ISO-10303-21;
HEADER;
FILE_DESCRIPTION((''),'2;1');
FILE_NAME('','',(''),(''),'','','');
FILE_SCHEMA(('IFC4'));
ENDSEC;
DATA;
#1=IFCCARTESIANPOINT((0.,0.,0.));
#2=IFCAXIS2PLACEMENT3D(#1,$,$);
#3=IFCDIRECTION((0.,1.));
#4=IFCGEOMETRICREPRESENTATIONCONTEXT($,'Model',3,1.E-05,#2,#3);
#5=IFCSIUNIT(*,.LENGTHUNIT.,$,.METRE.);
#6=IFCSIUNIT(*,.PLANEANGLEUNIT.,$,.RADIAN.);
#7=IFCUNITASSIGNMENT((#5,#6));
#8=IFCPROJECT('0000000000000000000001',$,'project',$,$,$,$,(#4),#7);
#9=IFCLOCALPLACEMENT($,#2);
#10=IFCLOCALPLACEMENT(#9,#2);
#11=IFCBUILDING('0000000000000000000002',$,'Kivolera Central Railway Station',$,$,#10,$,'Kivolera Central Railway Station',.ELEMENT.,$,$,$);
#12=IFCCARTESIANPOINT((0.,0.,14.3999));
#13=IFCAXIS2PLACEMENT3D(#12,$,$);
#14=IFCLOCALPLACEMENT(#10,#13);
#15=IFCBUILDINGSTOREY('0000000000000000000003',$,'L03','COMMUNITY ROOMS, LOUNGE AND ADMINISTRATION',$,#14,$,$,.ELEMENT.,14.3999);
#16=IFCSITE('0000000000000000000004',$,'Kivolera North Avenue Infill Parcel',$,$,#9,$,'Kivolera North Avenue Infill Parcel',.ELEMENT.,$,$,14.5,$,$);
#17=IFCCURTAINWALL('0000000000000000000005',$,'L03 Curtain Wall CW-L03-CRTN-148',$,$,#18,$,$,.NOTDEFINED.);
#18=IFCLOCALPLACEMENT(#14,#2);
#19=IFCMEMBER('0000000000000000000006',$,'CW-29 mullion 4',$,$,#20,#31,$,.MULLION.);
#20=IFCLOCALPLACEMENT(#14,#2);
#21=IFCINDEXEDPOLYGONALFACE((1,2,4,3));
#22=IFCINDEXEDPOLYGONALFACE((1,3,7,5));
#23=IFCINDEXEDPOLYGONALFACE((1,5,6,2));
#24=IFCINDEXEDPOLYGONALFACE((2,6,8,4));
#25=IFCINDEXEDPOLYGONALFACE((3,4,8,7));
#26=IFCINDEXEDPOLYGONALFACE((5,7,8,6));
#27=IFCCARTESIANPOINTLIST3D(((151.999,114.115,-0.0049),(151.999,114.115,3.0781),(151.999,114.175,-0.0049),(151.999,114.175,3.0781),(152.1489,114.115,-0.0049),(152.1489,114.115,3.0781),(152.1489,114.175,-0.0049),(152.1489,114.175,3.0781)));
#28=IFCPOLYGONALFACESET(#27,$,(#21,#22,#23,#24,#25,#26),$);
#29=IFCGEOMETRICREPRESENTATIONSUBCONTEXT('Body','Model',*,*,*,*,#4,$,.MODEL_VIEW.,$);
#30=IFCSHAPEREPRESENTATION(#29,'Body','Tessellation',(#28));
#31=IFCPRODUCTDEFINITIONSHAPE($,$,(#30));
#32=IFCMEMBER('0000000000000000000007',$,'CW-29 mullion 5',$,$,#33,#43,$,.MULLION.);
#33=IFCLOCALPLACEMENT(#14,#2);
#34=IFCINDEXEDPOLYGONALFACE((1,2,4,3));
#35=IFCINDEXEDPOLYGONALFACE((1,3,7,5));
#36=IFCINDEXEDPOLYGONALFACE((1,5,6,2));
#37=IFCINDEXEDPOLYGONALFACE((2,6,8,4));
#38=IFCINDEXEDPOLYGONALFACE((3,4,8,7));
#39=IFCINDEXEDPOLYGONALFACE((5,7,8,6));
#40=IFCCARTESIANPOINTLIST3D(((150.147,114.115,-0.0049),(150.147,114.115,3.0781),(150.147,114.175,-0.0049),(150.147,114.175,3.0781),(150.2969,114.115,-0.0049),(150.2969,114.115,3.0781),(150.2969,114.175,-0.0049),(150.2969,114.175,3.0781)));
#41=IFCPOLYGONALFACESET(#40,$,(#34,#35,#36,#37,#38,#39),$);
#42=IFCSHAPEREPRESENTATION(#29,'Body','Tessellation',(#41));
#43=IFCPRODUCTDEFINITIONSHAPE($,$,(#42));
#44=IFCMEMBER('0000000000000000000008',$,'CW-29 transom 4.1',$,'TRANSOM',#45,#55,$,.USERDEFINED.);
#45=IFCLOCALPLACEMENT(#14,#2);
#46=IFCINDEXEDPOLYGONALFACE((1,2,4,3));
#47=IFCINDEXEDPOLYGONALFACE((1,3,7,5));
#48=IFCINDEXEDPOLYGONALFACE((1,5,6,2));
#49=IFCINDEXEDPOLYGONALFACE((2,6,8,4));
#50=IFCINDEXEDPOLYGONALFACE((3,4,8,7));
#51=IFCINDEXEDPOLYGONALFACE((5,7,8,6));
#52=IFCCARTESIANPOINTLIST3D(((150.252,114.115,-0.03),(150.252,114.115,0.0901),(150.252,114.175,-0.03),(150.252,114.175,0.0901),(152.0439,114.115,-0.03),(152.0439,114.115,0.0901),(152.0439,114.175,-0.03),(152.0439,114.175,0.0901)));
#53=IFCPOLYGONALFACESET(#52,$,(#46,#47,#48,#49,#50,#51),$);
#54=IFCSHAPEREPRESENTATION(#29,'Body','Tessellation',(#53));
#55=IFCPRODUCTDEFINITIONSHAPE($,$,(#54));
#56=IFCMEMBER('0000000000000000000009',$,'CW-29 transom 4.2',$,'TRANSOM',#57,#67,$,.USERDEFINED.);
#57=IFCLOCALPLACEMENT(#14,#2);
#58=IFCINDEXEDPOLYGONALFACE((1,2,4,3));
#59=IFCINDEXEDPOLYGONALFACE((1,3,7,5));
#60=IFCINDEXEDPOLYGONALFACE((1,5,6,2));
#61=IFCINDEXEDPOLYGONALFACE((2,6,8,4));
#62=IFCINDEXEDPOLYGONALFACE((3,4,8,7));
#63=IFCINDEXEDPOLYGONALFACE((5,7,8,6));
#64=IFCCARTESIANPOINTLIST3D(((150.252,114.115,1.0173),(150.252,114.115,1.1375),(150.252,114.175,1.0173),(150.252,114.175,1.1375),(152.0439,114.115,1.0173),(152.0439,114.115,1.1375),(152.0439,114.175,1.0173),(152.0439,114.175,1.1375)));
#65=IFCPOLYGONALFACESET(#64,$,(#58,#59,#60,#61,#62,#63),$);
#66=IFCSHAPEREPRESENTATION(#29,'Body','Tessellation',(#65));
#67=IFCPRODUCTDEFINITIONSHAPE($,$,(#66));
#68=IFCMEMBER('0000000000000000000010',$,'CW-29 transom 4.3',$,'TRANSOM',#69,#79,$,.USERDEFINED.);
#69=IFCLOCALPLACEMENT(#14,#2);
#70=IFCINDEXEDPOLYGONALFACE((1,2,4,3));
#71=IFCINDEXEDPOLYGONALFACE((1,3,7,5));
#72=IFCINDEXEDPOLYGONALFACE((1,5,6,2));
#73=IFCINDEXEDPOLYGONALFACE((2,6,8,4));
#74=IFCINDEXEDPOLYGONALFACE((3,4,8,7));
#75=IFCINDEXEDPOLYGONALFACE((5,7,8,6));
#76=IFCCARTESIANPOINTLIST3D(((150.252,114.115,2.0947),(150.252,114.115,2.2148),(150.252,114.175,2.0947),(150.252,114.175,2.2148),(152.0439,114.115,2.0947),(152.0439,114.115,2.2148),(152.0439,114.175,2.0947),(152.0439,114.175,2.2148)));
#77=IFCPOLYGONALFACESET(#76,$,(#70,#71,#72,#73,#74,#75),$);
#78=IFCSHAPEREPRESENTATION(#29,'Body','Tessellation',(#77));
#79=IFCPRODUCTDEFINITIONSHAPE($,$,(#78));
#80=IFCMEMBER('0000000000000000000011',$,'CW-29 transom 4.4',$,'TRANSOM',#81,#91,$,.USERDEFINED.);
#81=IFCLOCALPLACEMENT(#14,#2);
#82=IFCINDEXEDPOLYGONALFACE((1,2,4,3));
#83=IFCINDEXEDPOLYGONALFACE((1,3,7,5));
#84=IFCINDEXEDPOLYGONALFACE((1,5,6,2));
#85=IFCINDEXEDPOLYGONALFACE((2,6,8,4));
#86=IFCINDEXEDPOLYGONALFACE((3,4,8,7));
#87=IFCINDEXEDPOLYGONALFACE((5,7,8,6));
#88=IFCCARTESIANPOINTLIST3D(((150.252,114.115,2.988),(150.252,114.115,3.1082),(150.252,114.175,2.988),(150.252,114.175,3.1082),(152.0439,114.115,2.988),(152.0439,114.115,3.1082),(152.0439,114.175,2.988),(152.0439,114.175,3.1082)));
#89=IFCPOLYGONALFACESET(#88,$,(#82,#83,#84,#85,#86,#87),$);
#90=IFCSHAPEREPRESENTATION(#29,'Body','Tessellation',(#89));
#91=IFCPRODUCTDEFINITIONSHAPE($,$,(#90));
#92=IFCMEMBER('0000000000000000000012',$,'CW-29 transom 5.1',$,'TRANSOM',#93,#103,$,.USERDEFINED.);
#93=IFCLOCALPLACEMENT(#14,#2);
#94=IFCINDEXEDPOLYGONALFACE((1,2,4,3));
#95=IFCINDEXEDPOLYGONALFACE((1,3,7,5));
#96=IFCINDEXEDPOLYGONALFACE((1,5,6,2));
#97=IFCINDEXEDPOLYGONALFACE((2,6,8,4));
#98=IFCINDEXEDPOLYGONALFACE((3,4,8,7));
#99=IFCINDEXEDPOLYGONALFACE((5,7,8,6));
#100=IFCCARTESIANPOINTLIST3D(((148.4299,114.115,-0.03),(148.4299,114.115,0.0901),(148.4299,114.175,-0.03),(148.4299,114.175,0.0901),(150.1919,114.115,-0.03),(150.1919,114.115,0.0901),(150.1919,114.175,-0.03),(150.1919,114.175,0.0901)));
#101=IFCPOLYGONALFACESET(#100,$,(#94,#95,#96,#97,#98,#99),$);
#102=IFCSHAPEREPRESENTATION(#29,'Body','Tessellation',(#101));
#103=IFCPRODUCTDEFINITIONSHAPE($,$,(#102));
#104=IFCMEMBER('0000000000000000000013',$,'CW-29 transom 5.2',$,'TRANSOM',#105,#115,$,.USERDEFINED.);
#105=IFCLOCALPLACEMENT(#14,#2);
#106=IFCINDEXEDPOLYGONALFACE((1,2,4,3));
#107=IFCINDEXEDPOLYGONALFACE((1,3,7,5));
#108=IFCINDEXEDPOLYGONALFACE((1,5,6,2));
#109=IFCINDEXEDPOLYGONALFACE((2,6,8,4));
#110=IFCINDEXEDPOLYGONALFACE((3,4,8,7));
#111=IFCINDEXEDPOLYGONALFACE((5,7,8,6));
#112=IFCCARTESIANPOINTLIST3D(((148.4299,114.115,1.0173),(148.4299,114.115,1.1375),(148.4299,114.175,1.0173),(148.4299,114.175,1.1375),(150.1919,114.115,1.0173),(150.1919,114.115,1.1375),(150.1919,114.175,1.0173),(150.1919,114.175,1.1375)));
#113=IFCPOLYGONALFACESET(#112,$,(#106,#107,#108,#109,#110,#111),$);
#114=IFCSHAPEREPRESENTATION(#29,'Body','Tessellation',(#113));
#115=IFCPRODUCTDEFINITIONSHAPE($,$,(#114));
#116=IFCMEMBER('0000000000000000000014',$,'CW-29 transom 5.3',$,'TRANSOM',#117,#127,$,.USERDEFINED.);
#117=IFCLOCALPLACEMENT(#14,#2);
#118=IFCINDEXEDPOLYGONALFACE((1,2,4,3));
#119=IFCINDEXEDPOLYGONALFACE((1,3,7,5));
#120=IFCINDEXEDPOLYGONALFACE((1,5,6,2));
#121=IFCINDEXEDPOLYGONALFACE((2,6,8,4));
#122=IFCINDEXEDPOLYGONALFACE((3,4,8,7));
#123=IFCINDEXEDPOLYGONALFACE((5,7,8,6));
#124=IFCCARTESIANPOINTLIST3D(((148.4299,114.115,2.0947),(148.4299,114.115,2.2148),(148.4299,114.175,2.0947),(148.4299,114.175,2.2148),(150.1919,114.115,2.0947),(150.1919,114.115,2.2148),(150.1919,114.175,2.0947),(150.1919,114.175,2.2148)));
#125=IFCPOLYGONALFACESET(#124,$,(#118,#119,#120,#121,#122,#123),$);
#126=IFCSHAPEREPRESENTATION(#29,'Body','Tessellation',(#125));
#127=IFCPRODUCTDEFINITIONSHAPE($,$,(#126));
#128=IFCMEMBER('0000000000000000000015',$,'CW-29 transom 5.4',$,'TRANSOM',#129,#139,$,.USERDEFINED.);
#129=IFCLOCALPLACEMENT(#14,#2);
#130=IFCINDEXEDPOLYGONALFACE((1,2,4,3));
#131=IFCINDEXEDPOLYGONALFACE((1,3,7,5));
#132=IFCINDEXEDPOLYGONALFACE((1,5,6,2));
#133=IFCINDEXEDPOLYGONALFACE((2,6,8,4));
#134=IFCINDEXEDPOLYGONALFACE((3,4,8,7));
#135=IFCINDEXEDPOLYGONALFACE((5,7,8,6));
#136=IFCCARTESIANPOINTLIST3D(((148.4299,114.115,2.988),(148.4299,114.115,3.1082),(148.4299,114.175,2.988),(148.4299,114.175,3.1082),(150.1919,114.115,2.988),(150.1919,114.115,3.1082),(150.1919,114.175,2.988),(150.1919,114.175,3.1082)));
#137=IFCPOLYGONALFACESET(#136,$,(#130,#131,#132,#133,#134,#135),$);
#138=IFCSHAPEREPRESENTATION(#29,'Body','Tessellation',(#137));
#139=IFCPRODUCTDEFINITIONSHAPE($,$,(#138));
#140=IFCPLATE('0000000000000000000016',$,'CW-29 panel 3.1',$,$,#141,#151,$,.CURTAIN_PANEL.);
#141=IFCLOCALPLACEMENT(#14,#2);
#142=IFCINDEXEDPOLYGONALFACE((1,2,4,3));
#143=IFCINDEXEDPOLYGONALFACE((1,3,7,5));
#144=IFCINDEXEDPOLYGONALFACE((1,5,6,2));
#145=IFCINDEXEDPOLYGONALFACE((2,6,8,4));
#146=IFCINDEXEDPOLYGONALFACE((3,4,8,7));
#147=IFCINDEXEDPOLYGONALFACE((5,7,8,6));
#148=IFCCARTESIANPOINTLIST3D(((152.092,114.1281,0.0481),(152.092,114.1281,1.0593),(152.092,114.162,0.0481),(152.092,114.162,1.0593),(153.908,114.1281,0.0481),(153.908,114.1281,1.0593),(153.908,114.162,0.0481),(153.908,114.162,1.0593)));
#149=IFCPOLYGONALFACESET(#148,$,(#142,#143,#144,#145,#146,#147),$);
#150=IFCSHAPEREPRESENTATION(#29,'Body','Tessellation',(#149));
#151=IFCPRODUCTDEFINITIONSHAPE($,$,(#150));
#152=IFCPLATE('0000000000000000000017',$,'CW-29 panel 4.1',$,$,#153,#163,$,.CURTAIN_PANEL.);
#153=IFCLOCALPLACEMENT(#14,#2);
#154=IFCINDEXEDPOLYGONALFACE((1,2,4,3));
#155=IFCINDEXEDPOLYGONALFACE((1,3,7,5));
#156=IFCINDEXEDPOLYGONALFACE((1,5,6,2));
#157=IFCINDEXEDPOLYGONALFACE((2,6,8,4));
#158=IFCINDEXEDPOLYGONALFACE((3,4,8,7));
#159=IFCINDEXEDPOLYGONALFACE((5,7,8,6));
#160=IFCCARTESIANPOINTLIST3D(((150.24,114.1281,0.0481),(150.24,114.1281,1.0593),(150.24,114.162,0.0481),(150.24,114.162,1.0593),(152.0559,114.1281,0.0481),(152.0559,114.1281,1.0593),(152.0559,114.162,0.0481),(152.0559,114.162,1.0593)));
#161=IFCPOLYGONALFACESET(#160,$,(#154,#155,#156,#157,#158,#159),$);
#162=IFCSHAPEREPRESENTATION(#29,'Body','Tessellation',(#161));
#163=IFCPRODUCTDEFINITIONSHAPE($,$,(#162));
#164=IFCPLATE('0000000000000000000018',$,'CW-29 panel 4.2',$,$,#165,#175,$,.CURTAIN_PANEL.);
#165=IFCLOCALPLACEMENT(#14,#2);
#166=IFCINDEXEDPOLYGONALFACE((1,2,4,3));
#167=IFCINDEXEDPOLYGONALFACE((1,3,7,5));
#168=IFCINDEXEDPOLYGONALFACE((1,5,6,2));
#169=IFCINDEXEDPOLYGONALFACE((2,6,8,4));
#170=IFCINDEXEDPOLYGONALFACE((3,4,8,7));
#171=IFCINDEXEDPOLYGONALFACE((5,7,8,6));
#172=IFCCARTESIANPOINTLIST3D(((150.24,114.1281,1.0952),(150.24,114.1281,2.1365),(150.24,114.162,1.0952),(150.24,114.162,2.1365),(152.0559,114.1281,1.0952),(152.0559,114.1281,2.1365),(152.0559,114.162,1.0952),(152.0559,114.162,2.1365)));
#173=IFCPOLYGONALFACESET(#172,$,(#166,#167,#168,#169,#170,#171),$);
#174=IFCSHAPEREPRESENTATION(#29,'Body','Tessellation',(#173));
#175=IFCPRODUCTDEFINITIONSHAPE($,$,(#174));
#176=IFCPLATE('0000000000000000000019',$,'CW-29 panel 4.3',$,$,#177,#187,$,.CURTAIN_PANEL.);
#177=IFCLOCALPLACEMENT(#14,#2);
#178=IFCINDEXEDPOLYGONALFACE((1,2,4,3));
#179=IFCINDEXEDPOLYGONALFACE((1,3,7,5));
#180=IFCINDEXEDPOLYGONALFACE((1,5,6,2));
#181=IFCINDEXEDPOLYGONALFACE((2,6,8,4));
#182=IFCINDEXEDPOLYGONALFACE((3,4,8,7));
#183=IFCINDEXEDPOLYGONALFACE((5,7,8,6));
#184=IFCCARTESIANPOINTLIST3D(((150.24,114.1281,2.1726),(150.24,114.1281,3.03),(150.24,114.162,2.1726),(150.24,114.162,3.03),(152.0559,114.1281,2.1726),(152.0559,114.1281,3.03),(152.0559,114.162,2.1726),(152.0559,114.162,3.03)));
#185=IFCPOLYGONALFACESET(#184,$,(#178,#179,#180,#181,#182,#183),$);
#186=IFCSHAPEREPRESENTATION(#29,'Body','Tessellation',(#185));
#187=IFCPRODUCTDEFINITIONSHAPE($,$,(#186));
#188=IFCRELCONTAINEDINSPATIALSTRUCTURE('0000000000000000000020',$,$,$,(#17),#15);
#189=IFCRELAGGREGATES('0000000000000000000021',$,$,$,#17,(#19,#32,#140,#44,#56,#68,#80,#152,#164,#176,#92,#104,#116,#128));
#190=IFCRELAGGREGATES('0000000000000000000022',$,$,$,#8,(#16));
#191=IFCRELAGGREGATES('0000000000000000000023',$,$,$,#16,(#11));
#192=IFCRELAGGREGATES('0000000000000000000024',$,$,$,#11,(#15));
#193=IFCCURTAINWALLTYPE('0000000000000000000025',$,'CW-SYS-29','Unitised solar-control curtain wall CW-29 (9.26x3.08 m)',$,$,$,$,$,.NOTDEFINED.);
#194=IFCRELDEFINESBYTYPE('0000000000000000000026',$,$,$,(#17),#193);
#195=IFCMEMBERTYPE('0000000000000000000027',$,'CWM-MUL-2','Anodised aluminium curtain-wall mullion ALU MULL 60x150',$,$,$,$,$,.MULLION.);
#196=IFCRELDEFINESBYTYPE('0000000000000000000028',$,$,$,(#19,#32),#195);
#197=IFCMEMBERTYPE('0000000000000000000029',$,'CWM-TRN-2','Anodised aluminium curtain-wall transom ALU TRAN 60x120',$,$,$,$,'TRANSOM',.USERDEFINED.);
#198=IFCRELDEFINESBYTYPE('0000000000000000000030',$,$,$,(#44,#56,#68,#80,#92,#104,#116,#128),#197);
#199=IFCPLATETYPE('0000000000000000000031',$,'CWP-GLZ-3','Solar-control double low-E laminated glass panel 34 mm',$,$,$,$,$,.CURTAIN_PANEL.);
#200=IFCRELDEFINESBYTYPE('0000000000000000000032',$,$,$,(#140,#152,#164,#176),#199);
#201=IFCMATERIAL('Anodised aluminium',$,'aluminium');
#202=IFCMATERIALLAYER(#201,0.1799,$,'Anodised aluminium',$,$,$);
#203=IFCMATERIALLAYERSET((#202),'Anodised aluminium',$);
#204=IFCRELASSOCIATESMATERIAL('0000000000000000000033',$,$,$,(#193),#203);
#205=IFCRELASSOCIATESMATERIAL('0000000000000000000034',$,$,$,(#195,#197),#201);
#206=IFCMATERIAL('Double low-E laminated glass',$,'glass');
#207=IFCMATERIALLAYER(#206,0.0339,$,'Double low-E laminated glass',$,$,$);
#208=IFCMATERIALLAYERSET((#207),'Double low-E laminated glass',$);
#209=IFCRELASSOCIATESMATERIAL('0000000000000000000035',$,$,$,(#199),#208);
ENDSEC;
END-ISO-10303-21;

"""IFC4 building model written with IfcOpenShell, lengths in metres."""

from ifc_helpers import new_model, si_unit, direction, frame, origin, origin_2d, place, context, subcontext, project, spatial, rectangle, extrude, material, layer, layer_set, material_profile, profile_set, type_object, element, aggregate, save


model = new_model("IFC4")

# Units and contexts
model_context = context("Model", 3, precision=1e-05, world=origin(), true_north=direction((0.0, 1.0)))
body_context = subcontext(model_context, "Body", "Model", "MODEL_VIEW")
ifc_project = project(units=[si_unit("LENGTHUNIT", "METRE"), si_unit("PLANEANGLEUNIT", "RADIAN")], contexts=[model_context])

# Site, building, storey
site_placement = place(None, origin())
site = spatial("IfcSite", under=ifc_project, at=site_placement, Name="Kivolera North Avenue Infill Parcel", LongName="Kivolera North Avenue Infill Parcel", CompositionType="ELEMENT", RefElevation=14.5)
building_placement = place(site_placement, origin())
building = spatial("IfcBuilding", under=site, at=building_placement, Name="Kivolera Central Railway Station", LongName="Kivolera Central Railway Station", CompositionType="ELEMENT")
storey_placement = place(building_placement, frame((0.0, 0.0, 14.3999)))
storey = spatial("IfcBuildingStorey", under=building, at=storey_placement, Name="L03", Description="COMMUNITY ROOMS, LOUNGE AND ADMINISTRATION", CompositionType="ELEMENT", Elevation=14.3999)

# Curtain wall, members, plates
ifc_material_1 = material(Name="Anodised aluminium", Category="aluminium")
ifc_layer_1 = layer(ifc_material_1, 0.1799, Name="Anodised aluminium")
ifc_layer_set_1 = layer_set([ifc_layer_1], Name="Anodised aluminium")
curtain_wall_type = type_object("IfcCurtainWallType", Name="CW-SYS-29", Description="Unitised solar-control curtain wall CW-29 (9.26x3.08 m)", PredefinedType="NOTDEFINED", material=ifc_layer_set_1)
curtain_wall_placement = place(storey_placement, origin())
curtain_wall = element("IfcCurtainWall", 1, at=curtain_wall_placement, inside=storey, type_object=curtain_wall_type, Name="L03 Curtain Wall CW-L03-CRTN-148", PredefinedType="NOTDEFINED")
ifc_material_profile_1 = material_profile(ifc_material_1, rectangle(XDim=0.0601, YDim=0.1499, at=origin_2d()), Name="ALU MULL 60x150")
ifc_profile_set_1 = profile_set([ifc_material_profile_1], Name="Anodised aluminium")
member_type_1 = type_object("IfcMemberType", Name="CWM-MUL-2", Description="Anodised aluminium curtain-wall mullion ALU MULL 60x150", PredefinedType="MULLION", material=ifc_profile_set_1)
member_1_placement = place(storey_placement, frame((152.074, 114.145, -0.0049), z_axis=(0.0, 0.0, 1.0), x_axis=(0.0, -1.0, 0.0)))
member_1 = element("IfcMember", 2, at=member_1_placement, type_object=member_type_1, Name="CW-29 mullion 4", PredefinedType="MULLION", context=body_context, shape_type="SweptSolid", body=[
    extrude(rectangle(XDim=0.0601, YDim=0.1499, at=origin_2d()), origin(), (0.0, 0.0, 1.0), 3.083),
])
member_2_placement = place(storey_placement, frame((150.2219, 114.145, -0.0049), z_axis=(0.0, 0.0, 1.0), x_axis=(0.0, -1.0, 0.0)))
member_2 = element("IfcMember", 3, at=member_2_placement, type_object=member_type_1, Name="CW-29 mullion 5", PredefinedType="MULLION", context=body_context, shape_type="SweptSolid", body=[
    extrude(rectangle(XDim=0.0601, YDim=0.1499, at=origin_2d()), origin(), (0.0, 0.0, 1.0), 3.083),
])
ifc_material_profile_2 = material_profile(ifc_material_1, rectangle(XDim=0.0601, YDim=0.1201, at=origin_2d()), Name="ALU TRAN 60x120")
ifc_profile_set_2 = profile_set([ifc_material_profile_2], Name="Anodised aluminium")
member_type_2 = type_object("IfcMemberType", Name="CWM-TRN-2", Description="Anodised aluminium curtain-wall transom ALU TRAN 60x120", ElementType="TRANSOM", PredefinedType="USERDEFINED", material=ifc_profile_set_2)
member_3_placement = place(storey_placement, frame((152.0439, 114.145, 0.03), z_axis=(-1.0, 0.0, 0.0), x_axis=(0.0, -1.0, 0.0)))
member_3 = element("IfcMember", 4, at=member_3_placement, type_object=member_type_2, Name="CW-29 transom 4.1", ObjectType="TRANSOM", PredefinedType="USERDEFINED", context=body_context, shape_type="SweptSolid", body=[
    extrude(rectangle(XDim=0.0601, YDim=0.1201, at=origin_2d()), origin(), (0.0, 0.0, 1.0), 1.792),
])
member_4_placement = place(storey_placement, frame((152.0439, 114.145, 1.0774), z_axis=(-1.0, 0.0, 0.0), x_axis=(0.0, -1.0, 0.0)))
member_4 = element("IfcMember", 5, at=member_4_placement, type_object=member_type_2, Name="CW-29 transom 4.2", ObjectType="TRANSOM", PredefinedType="USERDEFINED", context=body_context, shape_type="SweptSolid", body=[
    extrude(rectangle(XDim=0.0601, YDim=0.1201, at=origin_2d()), origin(), (0.0, 0.0, 1.0), 1.792),
])
member_5_placement = place(storey_placement, frame((152.0439, 114.145, 2.1548), z_axis=(-1.0, 0.0, 0.0), x_axis=(0.0, -1.0, 0.0)))
member_5 = element("IfcMember", 6, at=member_5_placement, type_object=member_type_2, Name="CW-29 transom 4.3", ObjectType="TRANSOM", PredefinedType="USERDEFINED", context=body_context, shape_type="SweptSolid", body=[
    extrude(rectangle(XDim=0.0601, YDim=0.1201, at=origin_2d()), origin(), (0.0, 0.0, 1.0), 1.792),
])
member_6_placement = place(storey_placement, frame((152.0439, 114.145, 3.0481), z_axis=(-1.0, 0.0, 0.0), x_axis=(0.0, -1.0, 0.0)))
member_6 = element("IfcMember", 7, at=member_6_placement, type_object=member_type_2, Name="CW-29 transom 4.4", ObjectType="TRANSOM", PredefinedType="USERDEFINED", context=body_context, shape_type="SweptSolid", body=[
    extrude(rectangle(XDim=0.0601, YDim=0.1201, at=origin_2d()), origin(), (0.0, 0.0, 1.0), 1.792),
])
member_7_placement = place(storey_placement, frame((150.1919, 114.145, 0.03), z_axis=(-1.0, 0.0, 0.0), x_axis=(0.0, -1.0, 0.0)))
member_7 = element("IfcMember", 8, at=member_7_placement, type_object=member_type_2, Name="CW-29 transom 5.1", ObjectType="TRANSOM", PredefinedType="USERDEFINED", context=body_context, shape_type="SweptSolid", body=[
    extrude(rectangle(XDim=0.0601, YDim=0.1201, at=origin_2d()), origin(), (0.0, 0.0, 1.0), 1.762),
])
member_8_placement = place(storey_placement, frame((150.1919, 114.145, 1.0774), z_axis=(-1.0, 0.0, 0.0), x_axis=(0.0, -1.0, 0.0)))
member_8 = element("IfcMember", 9, at=member_8_placement, type_object=member_type_2, Name="CW-29 transom 5.2", ObjectType="TRANSOM", PredefinedType="USERDEFINED", context=body_context, shape_type="SweptSolid", body=[
    extrude(rectangle(XDim=0.0601, YDim=0.1201, at=origin_2d()), origin(), (0.0, 0.0, 1.0), 1.762),
])
member_9_placement = place(storey_placement, frame((150.1919, 114.145, 2.1548), z_axis=(-1.0, 0.0, 0.0), x_axis=(0.0, -1.0, 0.0)))
member_9 = element("IfcMember", 10, at=member_9_placement, type_object=member_type_2, Name="CW-29 transom 5.3", ObjectType="TRANSOM", PredefinedType="USERDEFINED", context=body_context, shape_type="SweptSolid", body=[
    extrude(rectangle(XDim=0.0601, YDim=0.1201, at=origin_2d()), origin(), (0.0, 0.0, 1.0), 1.762),
])
member_10_placement = place(storey_placement, frame((150.1919, 114.145, 3.0481), z_axis=(-1.0, 0.0, 0.0), x_axis=(0.0, -1.0, 0.0)))
member_10 = element("IfcMember", 11, at=member_10_placement, type_object=member_type_2, Name="CW-29 transom 5.4", ObjectType="TRANSOM", PredefinedType="USERDEFINED", context=body_context, shape_type="SweptSolid", body=[
    extrude(rectangle(XDim=0.0601, YDim=0.1201, at=origin_2d()), origin(), (0.0, 0.0, 1.0), 1.762),
])
ifc_material_2 = material(Name="Double low-E laminated glass", Category="glass")
ifc_layer_2 = layer(ifc_material_2, 0.0339, Name="Double low-E laminated glass")
ifc_layer_set_2 = layer_set([ifc_layer_2], Name="Double low-E laminated glass")
plate_type = type_object("IfcPlateType", Name="CWP-GLZ-3", Description="Solar-control double low-E laminated glass panel 34 mm", PredefinedType="CURTAIN_PANEL", material=ifc_layer_set_2)
plate_1_placement = place(storey_placement, frame((153.0, 114.145, 0.0481), z_axis=(0.0, 0.0, 1.0), x_axis=(-1.0, 0.0, 0.0)))
plate_1 = element("IfcPlate", 12, at=plate_1_placement, type_object=plate_type, Name="CW-29 panel 3.1", PredefinedType="CURTAIN_PANEL", context=body_context, shape_type="SweptSolid", body=[
    extrude(rectangle(XDim=1.8159, YDim=0.0339, at=origin_2d()), origin(), (0.0, 0.0, 1.0), 1.0112),
])
plate_2_placement = place(storey_placement, frame((151.1479, 114.145, 0.0481), z_axis=(0.0, 0.0, 1.0), x_axis=(-1.0, 0.0, 0.0)))
plate_2 = element("IfcPlate", 13, at=plate_2_placement, type_object=plate_type, Name="CW-29 panel 4.1", PredefinedType="CURTAIN_PANEL", context=body_context, shape_type="SweptSolid", body=[
    extrude(rectangle(XDim=1.8159, YDim=0.0339, at=origin_2d()), origin(), (0.0, 0.0, 1.0), 1.0112),
])
plate_3_placement = place(storey_placement, frame((151.1479, 114.145, 1.0952), z_axis=(0.0, 0.0, 1.0), x_axis=(-1.0, 0.0, 0.0)))
plate_3 = element("IfcPlate", 14, at=plate_3_placement, type_object=plate_type, Name="CW-29 panel 4.2", PredefinedType="CURTAIN_PANEL", context=body_context, shape_type="SweptSolid", body=[
    extrude(rectangle(XDim=1.8159, YDim=0.0339, at=origin_2d()), origin(), (0.0, 0.0, 1.0), 1.0413),
])
plate_4_placement = place(storey_placement, frame((151.1479, 114.145, 2.1726), z_axis=(0.0, 0.0, 1.0), x_axis=(-1.0, 0.0, 0.0)))
plate_4 = element("IfcPlate", 15, at=plate_4_placement, type_object=plate_type, Name="CW-29 panel 4.3", PredefinedType="CURTAIN_PANEL", context=body_context, shape_type="SweptSolid", body=[
    extrude(rectangle(XDim=1.8159, YDim=0.0339, at=origin_2d()), origin(), (0.0, 0.0, 1.0), 0.8574),
])
aggregate(curtain_wall, [member_1, member_2, plate_1, member_3, member_4, member_5, member_6, plate_2, plate_3, plate_4, member_7, member_8, member_9, member_10])

save(model, "model.ifc")
